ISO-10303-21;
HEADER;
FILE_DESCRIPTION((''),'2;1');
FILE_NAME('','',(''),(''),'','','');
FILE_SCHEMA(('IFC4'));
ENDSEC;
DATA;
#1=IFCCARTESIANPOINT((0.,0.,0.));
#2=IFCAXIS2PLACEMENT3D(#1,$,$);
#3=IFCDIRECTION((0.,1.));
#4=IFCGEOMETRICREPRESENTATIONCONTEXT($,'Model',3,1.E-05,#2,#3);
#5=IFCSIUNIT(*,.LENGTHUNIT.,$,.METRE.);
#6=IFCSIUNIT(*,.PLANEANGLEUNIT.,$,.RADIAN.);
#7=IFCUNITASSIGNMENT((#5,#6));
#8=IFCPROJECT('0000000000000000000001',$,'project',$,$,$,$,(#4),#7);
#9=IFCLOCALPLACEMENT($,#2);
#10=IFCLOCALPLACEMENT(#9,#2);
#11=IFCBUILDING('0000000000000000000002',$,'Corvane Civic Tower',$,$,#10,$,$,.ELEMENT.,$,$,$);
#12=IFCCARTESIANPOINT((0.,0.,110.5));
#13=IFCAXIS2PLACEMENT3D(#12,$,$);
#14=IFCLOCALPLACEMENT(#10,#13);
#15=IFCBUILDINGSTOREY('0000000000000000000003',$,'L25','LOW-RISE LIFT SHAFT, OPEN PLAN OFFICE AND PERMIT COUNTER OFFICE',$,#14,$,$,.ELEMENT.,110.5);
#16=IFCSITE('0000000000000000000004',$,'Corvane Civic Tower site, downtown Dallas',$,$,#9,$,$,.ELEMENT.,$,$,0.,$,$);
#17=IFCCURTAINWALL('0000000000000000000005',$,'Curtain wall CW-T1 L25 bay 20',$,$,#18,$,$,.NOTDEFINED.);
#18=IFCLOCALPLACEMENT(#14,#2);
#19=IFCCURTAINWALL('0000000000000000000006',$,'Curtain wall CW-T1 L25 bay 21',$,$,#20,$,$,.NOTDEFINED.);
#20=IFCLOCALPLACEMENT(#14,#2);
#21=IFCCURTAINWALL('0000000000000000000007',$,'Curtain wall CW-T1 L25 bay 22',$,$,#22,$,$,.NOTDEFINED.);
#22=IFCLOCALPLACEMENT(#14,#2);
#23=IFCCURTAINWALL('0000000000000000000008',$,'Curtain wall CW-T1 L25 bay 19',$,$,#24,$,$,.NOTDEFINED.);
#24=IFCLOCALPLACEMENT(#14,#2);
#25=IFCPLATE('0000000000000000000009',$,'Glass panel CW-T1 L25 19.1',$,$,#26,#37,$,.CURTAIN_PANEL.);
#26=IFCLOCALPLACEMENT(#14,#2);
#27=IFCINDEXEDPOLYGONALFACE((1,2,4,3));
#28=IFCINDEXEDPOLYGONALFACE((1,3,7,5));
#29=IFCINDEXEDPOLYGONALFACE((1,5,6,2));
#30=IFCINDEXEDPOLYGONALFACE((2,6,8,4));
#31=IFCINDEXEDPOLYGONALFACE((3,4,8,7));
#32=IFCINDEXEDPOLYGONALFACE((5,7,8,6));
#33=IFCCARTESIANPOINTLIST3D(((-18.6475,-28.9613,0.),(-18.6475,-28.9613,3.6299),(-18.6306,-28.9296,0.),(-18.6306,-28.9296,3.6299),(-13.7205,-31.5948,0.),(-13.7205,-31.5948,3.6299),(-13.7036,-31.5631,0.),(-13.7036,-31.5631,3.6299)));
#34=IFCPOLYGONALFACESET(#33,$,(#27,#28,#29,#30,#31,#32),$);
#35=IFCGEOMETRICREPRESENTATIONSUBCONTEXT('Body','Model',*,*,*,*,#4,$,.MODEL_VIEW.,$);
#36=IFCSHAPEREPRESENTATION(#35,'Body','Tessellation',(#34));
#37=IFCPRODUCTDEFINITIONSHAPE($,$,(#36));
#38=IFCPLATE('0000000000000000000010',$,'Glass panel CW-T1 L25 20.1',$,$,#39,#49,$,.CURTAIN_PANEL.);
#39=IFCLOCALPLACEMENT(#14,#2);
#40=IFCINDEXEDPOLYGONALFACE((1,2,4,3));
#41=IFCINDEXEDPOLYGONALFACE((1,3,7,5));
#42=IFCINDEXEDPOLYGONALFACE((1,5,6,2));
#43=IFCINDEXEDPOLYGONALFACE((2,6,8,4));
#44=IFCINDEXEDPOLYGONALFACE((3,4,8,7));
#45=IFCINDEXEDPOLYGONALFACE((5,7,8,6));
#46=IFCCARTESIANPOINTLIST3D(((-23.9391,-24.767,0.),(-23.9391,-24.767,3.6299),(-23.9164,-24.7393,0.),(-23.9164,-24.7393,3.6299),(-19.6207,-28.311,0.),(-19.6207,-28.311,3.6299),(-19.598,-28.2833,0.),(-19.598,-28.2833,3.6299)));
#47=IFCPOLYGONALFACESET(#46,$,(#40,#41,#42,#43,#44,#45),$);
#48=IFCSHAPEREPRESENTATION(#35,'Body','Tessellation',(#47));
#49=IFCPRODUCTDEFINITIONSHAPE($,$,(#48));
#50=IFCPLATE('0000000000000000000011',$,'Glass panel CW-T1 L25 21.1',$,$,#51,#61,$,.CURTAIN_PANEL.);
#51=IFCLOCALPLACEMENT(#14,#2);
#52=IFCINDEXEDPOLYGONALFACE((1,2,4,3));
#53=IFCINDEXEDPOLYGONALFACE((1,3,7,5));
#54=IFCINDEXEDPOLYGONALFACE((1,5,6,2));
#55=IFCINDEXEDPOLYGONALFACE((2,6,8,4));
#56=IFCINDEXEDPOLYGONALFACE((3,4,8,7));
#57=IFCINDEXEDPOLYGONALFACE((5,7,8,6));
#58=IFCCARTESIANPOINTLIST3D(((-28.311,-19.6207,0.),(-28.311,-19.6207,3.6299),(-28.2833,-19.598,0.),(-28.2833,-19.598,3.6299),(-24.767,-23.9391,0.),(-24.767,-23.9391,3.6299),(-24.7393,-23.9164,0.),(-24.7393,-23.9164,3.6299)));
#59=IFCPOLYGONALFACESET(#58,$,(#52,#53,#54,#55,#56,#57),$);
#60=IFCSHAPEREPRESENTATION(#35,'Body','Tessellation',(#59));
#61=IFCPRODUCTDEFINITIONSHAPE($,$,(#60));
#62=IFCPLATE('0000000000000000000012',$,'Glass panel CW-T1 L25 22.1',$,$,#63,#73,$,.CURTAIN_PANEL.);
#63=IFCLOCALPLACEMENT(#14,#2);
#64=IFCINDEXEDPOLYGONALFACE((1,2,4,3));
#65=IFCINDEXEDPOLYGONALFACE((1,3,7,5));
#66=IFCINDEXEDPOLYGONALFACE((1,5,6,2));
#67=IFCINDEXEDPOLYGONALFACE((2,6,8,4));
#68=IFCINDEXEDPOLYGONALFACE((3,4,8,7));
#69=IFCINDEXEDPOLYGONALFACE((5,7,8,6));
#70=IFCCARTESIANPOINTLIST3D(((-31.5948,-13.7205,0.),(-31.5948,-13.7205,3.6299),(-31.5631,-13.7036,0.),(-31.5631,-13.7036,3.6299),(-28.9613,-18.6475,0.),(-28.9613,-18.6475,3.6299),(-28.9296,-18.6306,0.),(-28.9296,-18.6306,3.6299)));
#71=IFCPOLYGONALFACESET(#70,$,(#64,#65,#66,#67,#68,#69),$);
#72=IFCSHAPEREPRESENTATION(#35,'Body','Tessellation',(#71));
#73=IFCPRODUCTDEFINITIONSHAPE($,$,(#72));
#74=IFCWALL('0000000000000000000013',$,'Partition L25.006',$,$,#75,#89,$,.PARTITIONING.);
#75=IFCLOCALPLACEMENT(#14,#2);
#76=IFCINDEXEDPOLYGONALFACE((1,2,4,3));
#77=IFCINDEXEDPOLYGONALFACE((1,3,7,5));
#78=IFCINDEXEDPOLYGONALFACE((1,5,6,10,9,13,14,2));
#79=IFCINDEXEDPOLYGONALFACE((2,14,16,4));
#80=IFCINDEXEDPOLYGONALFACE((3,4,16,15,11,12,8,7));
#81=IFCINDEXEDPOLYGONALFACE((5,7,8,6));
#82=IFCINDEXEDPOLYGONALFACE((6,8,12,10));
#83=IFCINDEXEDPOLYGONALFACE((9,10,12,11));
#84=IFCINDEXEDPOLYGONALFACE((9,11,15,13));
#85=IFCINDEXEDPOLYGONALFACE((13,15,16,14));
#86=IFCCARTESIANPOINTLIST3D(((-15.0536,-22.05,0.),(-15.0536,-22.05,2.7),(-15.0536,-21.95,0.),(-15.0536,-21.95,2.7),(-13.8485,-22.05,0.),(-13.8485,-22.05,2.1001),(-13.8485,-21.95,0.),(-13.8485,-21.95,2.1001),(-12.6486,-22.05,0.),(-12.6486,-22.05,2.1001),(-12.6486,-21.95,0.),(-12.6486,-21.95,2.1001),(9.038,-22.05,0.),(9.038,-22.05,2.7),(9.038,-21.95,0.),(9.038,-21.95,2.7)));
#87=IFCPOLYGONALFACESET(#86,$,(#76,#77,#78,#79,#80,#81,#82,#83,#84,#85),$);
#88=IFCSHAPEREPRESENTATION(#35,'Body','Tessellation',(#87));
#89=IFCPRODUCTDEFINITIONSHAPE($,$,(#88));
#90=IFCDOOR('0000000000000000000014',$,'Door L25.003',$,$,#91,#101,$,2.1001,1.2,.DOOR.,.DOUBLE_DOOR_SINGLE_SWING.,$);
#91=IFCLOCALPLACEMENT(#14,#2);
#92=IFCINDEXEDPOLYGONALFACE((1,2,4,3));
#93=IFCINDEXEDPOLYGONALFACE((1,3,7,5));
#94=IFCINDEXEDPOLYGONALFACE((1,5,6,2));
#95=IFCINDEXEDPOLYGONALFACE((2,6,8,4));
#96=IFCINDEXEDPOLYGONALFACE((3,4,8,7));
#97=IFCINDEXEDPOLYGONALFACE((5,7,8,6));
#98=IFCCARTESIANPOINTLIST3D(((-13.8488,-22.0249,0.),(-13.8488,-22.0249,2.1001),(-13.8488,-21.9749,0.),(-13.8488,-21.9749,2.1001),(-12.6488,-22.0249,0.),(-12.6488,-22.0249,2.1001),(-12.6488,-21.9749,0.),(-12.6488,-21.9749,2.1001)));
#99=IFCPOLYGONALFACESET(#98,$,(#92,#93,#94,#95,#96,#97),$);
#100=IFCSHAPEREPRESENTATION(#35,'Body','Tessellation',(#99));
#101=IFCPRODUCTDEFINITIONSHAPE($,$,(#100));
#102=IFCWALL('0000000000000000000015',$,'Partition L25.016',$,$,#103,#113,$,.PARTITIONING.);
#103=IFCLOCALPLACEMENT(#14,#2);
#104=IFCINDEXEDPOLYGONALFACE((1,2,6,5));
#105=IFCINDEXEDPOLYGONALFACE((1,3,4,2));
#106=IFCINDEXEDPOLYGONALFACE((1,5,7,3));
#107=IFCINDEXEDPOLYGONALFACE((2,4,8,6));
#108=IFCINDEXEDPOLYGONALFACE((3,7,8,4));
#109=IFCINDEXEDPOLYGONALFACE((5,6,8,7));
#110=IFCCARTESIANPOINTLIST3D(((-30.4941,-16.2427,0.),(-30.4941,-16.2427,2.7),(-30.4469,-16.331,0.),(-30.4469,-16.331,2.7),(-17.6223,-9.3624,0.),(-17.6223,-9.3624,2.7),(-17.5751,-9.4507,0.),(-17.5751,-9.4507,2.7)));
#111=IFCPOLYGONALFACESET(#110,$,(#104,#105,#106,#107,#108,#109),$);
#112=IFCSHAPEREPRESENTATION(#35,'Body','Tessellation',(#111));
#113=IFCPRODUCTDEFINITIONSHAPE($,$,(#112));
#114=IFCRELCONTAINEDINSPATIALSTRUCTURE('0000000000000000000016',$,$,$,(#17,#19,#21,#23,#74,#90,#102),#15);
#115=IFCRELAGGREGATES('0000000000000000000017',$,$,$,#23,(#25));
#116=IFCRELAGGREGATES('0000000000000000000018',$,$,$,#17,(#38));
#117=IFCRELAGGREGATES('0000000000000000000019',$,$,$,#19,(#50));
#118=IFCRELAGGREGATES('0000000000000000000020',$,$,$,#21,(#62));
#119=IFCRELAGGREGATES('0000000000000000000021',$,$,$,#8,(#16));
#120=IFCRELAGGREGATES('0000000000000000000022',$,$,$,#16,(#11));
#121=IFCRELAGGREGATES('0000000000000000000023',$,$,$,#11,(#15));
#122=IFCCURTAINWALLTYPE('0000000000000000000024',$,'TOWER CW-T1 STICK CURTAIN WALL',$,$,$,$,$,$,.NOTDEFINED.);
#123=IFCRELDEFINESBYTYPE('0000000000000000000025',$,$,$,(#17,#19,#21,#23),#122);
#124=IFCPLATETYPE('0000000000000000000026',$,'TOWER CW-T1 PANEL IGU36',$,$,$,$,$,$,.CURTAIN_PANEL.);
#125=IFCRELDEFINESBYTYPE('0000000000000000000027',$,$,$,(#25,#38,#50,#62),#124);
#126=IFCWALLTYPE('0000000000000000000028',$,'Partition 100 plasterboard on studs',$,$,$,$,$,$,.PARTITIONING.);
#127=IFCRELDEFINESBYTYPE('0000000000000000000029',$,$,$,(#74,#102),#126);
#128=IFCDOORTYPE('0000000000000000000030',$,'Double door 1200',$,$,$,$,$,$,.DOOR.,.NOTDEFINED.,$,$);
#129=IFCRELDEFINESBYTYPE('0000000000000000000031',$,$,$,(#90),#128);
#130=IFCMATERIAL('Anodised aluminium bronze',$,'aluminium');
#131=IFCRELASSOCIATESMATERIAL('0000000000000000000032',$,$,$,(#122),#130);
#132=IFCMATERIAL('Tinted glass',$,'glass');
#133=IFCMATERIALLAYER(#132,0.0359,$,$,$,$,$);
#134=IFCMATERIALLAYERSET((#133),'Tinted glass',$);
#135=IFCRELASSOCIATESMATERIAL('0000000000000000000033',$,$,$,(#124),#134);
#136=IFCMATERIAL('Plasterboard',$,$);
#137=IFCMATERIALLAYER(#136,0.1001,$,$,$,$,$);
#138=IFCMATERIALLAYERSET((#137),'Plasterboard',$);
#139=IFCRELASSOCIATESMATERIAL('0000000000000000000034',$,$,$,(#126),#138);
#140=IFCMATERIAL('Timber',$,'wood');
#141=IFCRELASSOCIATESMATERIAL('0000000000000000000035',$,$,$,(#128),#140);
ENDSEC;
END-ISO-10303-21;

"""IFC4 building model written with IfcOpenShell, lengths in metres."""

from ifc_helpers import new_model, si_unit, direction, frame, frame_2d, origin, origin_2d, place, context, subcontext, project, spatial, rectangle, extrude, material, layer, layer_set, type_object, element, fill, aggregate, save


model = new_model("IFC4")

# Units and contexts
model_context = context("Model", 3, precision=1e-05, world=origin(), true_north=direction((0.0, 1.0)))
body_context = subcontext(model_context, "Body", "Model", "MODEL_VIEW")
ifc_project = project(units=[si_unit("LENGTHUNIT", "METRE"), si_unit("PLANEANGLEUNIT", "RADIAN")], contexts=[model_context])

# Site, building, storey
site_placement = place(None, origin())
site = spatial("IfcSite", under=ifc_project, at=site_placement, Name="Corvane Civic Tower site, downtown Dallas", CompositionType="ELEMENT", RefElevation=0.0)
building_placement = place(site_placement, origin())
building = spatial("IfcBuilding", under=site, at=building_placement, Name="Corvane Civic Tower", CompositionType="ELEMENT")
storey_placement = place(building_placement, frame((0.0, 0.0, 110.5)))
storey = spatial("IfcBuildingStorey", under=building, at=storey_placement, Name="L25", Description="LOW-RISE LIFT SHAFT, OPEN PLAN OFFICE AND PERMIT COUNTER OFFICE", CompositionType="ELEMENT", Elevation=110.5)

# Curtain walls
ifc_material_1 = material(Name="Anodised aluminium bronze", Category="aluminium")
curtain_wall_type = type_object("IfcCurtainWallType", Name="TOWER CW-T1 STICK CURTAIN WALL", PredefinedType="NOTDEFINED", material=ifc_material_1)
curtain_wall_1_placement = place(storey_placement, origin())
curtain_wall_1 = element("IfcCurtainWall", 1, at=curtain_wall_1_placement, inside=storey, type_object=curtain_wall_type, Name="Curtain wall CW-T1 L25 bay 20", PredefinedType="NOTDEFINED")
curtain_wall_2_placement = place(storey_placement, origin())
curtain_wall_2 = element("IfcCurtainWall", 2, at=curtain_wall_2_placement, inside=storey, type_object=curtain_wall_type, Name="Curtain wall CW-T1 L25 bay 21", PredefinedType="NOTDEFINED")
curtain_wall_3_placement = place(storey_placement, origin())
curtain_wall_3 = element("IfcCurtainWall", 3, at=curtain_wall_3_placement, inside=storey, type_object=curtain_wall_type, Name="Curtain wall CW-T1 L25 bay 22", PredefinedType="NOTDEFINED")

# Curtain wall, plate
curtain_wall_4_placement = place(storey_placement, origin())
curtain_wall_4 = element("IfcCurtainWall", 4, at=curtain_wall_4_placement, inside=storey, type_object=curtain_wall_type, Name="Curtain wall CW-T1 L25 bay 19", PredefinedType="NOTDEFINED")
ifc_material_2 = material(Name="Tinted glass", Category="glass")
ifc_layer_1 = layer(ifc_material_2, 0.0359)
ifc_layer_set_1 = layer_set([ifc_layer_1], Name="Tinted glass")
plate_type = type_object("IfcPlateType", Name="TOWER CW-T1 PANEL IGU36", PredefinedType="CURTAIN_PANEL", material=ifc_layer_set_1)
plate_1_placement = place(storey_placement, frame((-16.1755, -30.2622, 0.0), z_axis=(0.0, 0.0, 1.0), x_axis=(-0.881924, 0.471392, 0.0)))
plate_1 = element("IfcPlate", 5, at=plate_1_placement, type_object=plate_type, Name="Glass panel CW-T1 L25 19.1", PredefinedType="CURTAIN_PANEL", context=body_context, shape_type="SweptSolid", body=[
    extrude(rectangle(XDim=5.5867, YDim=0.0359, at=origin_2d()), origin(), (0.0, 0.0, 1.0), 3.6299),
])
aggregate(curtain_wall_4, [plate_1])

# Plates
plate_2_placement = place(storey_placement, frame((-21.7686, -26.5251, 0.0), z_axis=(0.0, 0.0, 1.0), x_axis=(-0.773013, 0.63439, 0.0)))
plate_2 = element("IfcPlate", 6, at=plate_2_placement, type_object=plate_type, Name="Glass panel CW-T1 L25 20.1", PredefinedType="CURTAIN_PANEL", context=body_context, shape_type="SweptSolid", body=[
    extrude(rectangle(XDim=5.5864, YDim=0.0359, at=origin_2d()), origin(), (0.0, 0.0, 1.0), 3.6299),
])
aggregate(curtain_wall_1, [plate_2])
plate_3_placement = place(storey_placement, frame((-26.5251, -21.7686, 0.0), z_axis=(0.0, 0.0, 1.0), x_axis=(-0.63439, 0.773013, 0.0)))
plate_3 = element("IfcPlate", 7, at=plate_3_placement, type_object=plate_type, Name="Glass panel CW-T1 L25 21.1", PredefinedType="CURTAIN_PANEL", context=body_context, shape_type="SweptSolid", body=[
    extrude(rectangle(XDim=5.5864, YDim=0.0359, at=origin_2d()), origin(), (0.0, 0.0, 1.0), 3.6299),
])
aggregate(curtain_wall_2, [plate_3])
plate_4_placement = place(storey_placement, frame((-30.2622, -16.1755, 0.0), z_axis=(0.0, 0.0, 1.0), x_axis=(-0.471392, 0.881924, 0.0)))
plate_4 = element("IfcPlate", 8, at=plate_4_placement, type_object=plate_type, Name="Glass panel CW-T1 L25 22.1", PredefinedType="CURTAIN_PANEL", context=body_context, shape_type="SweptSolid", body=[
    extrude(rectangle(XDim=5.5867, YDim=0.0359, at=origin_2d()), origin(), (0.0, 0.0, 1.0), 3.6299),
])
aggregate(curtain_wall_3, [plate_4])

# Wall, opening, door
ifc_material_3 = material(Name="Plasterboard")
ifc_layer_2 = layer(ifc_material_3, 0.1001)
ifc_layer_set_2 = layer_set([ifc_layer_2], Name="Plasterboard")
wall_type_1 = type_object("IfcWallType", Name="Partition 100 plasterboard on studs", PredefinedType="PARTITIONING", material=ifc_layer_set_2)
wall_1_placement = place(storey_placement, frame((-15.0537, -22.0, 0.0), z_axis=(0.0, 0.0, 1.0), x_axis=(1.0, 0.0, 0.0)))
wall_1 = element("IfcWall", 9, at=wall_1_placement, inside=storey, type_object=wall_type_1, Name="Partition L25.006", PredefinedType="PARTITIONING", context=body_context, shape_type="SweptSolid", body=[
    extrude(rectangle(XDim=24.0916, YDim=0.1001, at=frame_2d((12.0459, 0.0))), origin(), (0.0, 0.0, 1.0), 2.7),
])
opening_1_placement = place(wall_1_placement, frame((1.2051, 0.0, 0.0)))
opening_1 = element("IfcOpeningElement", 10, at=opening_1_placement, cuts=wall_1, PredefinedType="OPENING", context=body_context, shape_type="SweptSolid", body=[
    extrude(rectangle(XDim=1.2, YDim=2.1001, at=frame_2d((0.6001, 1.05))), frame((0.0, 0.0601, 0.0), z_axis=(0.0, -1.0, 0.0), x_axis=(1.0, 0.0, 0.0)), (0.0, 0.0, 1.0), 0.1201),
])
ifc_material_4 = material(Name="Timber", Category="wood")
door_type_1 = type_object("IfcDoorType", Name="Double door 1200", OperationType="NOTDEFINED", PredefinedType="DOOR", material=ifc_material_4)
door_1_placement = place(opening_1_placement, frame((1.2, 0.0, 0.0), z_axis=(0.0, 0.0, 1.0), x_axis=(-1.0, 0.0, 0.0)))
door_1 = element("IfcDoor", 11, at=door_1_placement, inside=storey, type_object=door_type_1, Name="Door L25.003", OperationType="DOUBLE_DOOR_SINGLE_SWING", OverallHeight=2.1001, OverallWidth=1.2, PredefinedType="DOOR", context=body_context, shape_type="SweptSolid", body=[
    extrude(rectangle(XDim=1.2, YDim=2.1001, at=frame_2d((0.6001, 1.05))), frame((0.0, 0.0249, 0.0), z_axis=(0.0, -1.0, 0.0), x_axis=(1.0, 0.0, 0.0)), (0.0, 0.0, 1.0), 0.05),
])
fill(opening_1, door_1)

# Wall
wall_2_placement = place(storey_placement, frame((-30.4705, -16.2869, 0.0), z_axis=(0.0, 0.0, 1.0), x_axis=(0.881915, 0.471409, 0.0)))
element("IfcWall", 12, at=wall_2_placement, inside=storey, type_object=wall_type_1, Name="Partition L25.016", PredefinedType="PARTITIONING", context=body_context, shape_type="SweptSolid", body=[
    extrude(rectangle(XDim=14.5952, YDim=0.1001, at=frame_2d((7.2976, 0.0))), origin(), (0.0, 0.0, 1.0), 2.7),
])

save(model, "model.ifc")
